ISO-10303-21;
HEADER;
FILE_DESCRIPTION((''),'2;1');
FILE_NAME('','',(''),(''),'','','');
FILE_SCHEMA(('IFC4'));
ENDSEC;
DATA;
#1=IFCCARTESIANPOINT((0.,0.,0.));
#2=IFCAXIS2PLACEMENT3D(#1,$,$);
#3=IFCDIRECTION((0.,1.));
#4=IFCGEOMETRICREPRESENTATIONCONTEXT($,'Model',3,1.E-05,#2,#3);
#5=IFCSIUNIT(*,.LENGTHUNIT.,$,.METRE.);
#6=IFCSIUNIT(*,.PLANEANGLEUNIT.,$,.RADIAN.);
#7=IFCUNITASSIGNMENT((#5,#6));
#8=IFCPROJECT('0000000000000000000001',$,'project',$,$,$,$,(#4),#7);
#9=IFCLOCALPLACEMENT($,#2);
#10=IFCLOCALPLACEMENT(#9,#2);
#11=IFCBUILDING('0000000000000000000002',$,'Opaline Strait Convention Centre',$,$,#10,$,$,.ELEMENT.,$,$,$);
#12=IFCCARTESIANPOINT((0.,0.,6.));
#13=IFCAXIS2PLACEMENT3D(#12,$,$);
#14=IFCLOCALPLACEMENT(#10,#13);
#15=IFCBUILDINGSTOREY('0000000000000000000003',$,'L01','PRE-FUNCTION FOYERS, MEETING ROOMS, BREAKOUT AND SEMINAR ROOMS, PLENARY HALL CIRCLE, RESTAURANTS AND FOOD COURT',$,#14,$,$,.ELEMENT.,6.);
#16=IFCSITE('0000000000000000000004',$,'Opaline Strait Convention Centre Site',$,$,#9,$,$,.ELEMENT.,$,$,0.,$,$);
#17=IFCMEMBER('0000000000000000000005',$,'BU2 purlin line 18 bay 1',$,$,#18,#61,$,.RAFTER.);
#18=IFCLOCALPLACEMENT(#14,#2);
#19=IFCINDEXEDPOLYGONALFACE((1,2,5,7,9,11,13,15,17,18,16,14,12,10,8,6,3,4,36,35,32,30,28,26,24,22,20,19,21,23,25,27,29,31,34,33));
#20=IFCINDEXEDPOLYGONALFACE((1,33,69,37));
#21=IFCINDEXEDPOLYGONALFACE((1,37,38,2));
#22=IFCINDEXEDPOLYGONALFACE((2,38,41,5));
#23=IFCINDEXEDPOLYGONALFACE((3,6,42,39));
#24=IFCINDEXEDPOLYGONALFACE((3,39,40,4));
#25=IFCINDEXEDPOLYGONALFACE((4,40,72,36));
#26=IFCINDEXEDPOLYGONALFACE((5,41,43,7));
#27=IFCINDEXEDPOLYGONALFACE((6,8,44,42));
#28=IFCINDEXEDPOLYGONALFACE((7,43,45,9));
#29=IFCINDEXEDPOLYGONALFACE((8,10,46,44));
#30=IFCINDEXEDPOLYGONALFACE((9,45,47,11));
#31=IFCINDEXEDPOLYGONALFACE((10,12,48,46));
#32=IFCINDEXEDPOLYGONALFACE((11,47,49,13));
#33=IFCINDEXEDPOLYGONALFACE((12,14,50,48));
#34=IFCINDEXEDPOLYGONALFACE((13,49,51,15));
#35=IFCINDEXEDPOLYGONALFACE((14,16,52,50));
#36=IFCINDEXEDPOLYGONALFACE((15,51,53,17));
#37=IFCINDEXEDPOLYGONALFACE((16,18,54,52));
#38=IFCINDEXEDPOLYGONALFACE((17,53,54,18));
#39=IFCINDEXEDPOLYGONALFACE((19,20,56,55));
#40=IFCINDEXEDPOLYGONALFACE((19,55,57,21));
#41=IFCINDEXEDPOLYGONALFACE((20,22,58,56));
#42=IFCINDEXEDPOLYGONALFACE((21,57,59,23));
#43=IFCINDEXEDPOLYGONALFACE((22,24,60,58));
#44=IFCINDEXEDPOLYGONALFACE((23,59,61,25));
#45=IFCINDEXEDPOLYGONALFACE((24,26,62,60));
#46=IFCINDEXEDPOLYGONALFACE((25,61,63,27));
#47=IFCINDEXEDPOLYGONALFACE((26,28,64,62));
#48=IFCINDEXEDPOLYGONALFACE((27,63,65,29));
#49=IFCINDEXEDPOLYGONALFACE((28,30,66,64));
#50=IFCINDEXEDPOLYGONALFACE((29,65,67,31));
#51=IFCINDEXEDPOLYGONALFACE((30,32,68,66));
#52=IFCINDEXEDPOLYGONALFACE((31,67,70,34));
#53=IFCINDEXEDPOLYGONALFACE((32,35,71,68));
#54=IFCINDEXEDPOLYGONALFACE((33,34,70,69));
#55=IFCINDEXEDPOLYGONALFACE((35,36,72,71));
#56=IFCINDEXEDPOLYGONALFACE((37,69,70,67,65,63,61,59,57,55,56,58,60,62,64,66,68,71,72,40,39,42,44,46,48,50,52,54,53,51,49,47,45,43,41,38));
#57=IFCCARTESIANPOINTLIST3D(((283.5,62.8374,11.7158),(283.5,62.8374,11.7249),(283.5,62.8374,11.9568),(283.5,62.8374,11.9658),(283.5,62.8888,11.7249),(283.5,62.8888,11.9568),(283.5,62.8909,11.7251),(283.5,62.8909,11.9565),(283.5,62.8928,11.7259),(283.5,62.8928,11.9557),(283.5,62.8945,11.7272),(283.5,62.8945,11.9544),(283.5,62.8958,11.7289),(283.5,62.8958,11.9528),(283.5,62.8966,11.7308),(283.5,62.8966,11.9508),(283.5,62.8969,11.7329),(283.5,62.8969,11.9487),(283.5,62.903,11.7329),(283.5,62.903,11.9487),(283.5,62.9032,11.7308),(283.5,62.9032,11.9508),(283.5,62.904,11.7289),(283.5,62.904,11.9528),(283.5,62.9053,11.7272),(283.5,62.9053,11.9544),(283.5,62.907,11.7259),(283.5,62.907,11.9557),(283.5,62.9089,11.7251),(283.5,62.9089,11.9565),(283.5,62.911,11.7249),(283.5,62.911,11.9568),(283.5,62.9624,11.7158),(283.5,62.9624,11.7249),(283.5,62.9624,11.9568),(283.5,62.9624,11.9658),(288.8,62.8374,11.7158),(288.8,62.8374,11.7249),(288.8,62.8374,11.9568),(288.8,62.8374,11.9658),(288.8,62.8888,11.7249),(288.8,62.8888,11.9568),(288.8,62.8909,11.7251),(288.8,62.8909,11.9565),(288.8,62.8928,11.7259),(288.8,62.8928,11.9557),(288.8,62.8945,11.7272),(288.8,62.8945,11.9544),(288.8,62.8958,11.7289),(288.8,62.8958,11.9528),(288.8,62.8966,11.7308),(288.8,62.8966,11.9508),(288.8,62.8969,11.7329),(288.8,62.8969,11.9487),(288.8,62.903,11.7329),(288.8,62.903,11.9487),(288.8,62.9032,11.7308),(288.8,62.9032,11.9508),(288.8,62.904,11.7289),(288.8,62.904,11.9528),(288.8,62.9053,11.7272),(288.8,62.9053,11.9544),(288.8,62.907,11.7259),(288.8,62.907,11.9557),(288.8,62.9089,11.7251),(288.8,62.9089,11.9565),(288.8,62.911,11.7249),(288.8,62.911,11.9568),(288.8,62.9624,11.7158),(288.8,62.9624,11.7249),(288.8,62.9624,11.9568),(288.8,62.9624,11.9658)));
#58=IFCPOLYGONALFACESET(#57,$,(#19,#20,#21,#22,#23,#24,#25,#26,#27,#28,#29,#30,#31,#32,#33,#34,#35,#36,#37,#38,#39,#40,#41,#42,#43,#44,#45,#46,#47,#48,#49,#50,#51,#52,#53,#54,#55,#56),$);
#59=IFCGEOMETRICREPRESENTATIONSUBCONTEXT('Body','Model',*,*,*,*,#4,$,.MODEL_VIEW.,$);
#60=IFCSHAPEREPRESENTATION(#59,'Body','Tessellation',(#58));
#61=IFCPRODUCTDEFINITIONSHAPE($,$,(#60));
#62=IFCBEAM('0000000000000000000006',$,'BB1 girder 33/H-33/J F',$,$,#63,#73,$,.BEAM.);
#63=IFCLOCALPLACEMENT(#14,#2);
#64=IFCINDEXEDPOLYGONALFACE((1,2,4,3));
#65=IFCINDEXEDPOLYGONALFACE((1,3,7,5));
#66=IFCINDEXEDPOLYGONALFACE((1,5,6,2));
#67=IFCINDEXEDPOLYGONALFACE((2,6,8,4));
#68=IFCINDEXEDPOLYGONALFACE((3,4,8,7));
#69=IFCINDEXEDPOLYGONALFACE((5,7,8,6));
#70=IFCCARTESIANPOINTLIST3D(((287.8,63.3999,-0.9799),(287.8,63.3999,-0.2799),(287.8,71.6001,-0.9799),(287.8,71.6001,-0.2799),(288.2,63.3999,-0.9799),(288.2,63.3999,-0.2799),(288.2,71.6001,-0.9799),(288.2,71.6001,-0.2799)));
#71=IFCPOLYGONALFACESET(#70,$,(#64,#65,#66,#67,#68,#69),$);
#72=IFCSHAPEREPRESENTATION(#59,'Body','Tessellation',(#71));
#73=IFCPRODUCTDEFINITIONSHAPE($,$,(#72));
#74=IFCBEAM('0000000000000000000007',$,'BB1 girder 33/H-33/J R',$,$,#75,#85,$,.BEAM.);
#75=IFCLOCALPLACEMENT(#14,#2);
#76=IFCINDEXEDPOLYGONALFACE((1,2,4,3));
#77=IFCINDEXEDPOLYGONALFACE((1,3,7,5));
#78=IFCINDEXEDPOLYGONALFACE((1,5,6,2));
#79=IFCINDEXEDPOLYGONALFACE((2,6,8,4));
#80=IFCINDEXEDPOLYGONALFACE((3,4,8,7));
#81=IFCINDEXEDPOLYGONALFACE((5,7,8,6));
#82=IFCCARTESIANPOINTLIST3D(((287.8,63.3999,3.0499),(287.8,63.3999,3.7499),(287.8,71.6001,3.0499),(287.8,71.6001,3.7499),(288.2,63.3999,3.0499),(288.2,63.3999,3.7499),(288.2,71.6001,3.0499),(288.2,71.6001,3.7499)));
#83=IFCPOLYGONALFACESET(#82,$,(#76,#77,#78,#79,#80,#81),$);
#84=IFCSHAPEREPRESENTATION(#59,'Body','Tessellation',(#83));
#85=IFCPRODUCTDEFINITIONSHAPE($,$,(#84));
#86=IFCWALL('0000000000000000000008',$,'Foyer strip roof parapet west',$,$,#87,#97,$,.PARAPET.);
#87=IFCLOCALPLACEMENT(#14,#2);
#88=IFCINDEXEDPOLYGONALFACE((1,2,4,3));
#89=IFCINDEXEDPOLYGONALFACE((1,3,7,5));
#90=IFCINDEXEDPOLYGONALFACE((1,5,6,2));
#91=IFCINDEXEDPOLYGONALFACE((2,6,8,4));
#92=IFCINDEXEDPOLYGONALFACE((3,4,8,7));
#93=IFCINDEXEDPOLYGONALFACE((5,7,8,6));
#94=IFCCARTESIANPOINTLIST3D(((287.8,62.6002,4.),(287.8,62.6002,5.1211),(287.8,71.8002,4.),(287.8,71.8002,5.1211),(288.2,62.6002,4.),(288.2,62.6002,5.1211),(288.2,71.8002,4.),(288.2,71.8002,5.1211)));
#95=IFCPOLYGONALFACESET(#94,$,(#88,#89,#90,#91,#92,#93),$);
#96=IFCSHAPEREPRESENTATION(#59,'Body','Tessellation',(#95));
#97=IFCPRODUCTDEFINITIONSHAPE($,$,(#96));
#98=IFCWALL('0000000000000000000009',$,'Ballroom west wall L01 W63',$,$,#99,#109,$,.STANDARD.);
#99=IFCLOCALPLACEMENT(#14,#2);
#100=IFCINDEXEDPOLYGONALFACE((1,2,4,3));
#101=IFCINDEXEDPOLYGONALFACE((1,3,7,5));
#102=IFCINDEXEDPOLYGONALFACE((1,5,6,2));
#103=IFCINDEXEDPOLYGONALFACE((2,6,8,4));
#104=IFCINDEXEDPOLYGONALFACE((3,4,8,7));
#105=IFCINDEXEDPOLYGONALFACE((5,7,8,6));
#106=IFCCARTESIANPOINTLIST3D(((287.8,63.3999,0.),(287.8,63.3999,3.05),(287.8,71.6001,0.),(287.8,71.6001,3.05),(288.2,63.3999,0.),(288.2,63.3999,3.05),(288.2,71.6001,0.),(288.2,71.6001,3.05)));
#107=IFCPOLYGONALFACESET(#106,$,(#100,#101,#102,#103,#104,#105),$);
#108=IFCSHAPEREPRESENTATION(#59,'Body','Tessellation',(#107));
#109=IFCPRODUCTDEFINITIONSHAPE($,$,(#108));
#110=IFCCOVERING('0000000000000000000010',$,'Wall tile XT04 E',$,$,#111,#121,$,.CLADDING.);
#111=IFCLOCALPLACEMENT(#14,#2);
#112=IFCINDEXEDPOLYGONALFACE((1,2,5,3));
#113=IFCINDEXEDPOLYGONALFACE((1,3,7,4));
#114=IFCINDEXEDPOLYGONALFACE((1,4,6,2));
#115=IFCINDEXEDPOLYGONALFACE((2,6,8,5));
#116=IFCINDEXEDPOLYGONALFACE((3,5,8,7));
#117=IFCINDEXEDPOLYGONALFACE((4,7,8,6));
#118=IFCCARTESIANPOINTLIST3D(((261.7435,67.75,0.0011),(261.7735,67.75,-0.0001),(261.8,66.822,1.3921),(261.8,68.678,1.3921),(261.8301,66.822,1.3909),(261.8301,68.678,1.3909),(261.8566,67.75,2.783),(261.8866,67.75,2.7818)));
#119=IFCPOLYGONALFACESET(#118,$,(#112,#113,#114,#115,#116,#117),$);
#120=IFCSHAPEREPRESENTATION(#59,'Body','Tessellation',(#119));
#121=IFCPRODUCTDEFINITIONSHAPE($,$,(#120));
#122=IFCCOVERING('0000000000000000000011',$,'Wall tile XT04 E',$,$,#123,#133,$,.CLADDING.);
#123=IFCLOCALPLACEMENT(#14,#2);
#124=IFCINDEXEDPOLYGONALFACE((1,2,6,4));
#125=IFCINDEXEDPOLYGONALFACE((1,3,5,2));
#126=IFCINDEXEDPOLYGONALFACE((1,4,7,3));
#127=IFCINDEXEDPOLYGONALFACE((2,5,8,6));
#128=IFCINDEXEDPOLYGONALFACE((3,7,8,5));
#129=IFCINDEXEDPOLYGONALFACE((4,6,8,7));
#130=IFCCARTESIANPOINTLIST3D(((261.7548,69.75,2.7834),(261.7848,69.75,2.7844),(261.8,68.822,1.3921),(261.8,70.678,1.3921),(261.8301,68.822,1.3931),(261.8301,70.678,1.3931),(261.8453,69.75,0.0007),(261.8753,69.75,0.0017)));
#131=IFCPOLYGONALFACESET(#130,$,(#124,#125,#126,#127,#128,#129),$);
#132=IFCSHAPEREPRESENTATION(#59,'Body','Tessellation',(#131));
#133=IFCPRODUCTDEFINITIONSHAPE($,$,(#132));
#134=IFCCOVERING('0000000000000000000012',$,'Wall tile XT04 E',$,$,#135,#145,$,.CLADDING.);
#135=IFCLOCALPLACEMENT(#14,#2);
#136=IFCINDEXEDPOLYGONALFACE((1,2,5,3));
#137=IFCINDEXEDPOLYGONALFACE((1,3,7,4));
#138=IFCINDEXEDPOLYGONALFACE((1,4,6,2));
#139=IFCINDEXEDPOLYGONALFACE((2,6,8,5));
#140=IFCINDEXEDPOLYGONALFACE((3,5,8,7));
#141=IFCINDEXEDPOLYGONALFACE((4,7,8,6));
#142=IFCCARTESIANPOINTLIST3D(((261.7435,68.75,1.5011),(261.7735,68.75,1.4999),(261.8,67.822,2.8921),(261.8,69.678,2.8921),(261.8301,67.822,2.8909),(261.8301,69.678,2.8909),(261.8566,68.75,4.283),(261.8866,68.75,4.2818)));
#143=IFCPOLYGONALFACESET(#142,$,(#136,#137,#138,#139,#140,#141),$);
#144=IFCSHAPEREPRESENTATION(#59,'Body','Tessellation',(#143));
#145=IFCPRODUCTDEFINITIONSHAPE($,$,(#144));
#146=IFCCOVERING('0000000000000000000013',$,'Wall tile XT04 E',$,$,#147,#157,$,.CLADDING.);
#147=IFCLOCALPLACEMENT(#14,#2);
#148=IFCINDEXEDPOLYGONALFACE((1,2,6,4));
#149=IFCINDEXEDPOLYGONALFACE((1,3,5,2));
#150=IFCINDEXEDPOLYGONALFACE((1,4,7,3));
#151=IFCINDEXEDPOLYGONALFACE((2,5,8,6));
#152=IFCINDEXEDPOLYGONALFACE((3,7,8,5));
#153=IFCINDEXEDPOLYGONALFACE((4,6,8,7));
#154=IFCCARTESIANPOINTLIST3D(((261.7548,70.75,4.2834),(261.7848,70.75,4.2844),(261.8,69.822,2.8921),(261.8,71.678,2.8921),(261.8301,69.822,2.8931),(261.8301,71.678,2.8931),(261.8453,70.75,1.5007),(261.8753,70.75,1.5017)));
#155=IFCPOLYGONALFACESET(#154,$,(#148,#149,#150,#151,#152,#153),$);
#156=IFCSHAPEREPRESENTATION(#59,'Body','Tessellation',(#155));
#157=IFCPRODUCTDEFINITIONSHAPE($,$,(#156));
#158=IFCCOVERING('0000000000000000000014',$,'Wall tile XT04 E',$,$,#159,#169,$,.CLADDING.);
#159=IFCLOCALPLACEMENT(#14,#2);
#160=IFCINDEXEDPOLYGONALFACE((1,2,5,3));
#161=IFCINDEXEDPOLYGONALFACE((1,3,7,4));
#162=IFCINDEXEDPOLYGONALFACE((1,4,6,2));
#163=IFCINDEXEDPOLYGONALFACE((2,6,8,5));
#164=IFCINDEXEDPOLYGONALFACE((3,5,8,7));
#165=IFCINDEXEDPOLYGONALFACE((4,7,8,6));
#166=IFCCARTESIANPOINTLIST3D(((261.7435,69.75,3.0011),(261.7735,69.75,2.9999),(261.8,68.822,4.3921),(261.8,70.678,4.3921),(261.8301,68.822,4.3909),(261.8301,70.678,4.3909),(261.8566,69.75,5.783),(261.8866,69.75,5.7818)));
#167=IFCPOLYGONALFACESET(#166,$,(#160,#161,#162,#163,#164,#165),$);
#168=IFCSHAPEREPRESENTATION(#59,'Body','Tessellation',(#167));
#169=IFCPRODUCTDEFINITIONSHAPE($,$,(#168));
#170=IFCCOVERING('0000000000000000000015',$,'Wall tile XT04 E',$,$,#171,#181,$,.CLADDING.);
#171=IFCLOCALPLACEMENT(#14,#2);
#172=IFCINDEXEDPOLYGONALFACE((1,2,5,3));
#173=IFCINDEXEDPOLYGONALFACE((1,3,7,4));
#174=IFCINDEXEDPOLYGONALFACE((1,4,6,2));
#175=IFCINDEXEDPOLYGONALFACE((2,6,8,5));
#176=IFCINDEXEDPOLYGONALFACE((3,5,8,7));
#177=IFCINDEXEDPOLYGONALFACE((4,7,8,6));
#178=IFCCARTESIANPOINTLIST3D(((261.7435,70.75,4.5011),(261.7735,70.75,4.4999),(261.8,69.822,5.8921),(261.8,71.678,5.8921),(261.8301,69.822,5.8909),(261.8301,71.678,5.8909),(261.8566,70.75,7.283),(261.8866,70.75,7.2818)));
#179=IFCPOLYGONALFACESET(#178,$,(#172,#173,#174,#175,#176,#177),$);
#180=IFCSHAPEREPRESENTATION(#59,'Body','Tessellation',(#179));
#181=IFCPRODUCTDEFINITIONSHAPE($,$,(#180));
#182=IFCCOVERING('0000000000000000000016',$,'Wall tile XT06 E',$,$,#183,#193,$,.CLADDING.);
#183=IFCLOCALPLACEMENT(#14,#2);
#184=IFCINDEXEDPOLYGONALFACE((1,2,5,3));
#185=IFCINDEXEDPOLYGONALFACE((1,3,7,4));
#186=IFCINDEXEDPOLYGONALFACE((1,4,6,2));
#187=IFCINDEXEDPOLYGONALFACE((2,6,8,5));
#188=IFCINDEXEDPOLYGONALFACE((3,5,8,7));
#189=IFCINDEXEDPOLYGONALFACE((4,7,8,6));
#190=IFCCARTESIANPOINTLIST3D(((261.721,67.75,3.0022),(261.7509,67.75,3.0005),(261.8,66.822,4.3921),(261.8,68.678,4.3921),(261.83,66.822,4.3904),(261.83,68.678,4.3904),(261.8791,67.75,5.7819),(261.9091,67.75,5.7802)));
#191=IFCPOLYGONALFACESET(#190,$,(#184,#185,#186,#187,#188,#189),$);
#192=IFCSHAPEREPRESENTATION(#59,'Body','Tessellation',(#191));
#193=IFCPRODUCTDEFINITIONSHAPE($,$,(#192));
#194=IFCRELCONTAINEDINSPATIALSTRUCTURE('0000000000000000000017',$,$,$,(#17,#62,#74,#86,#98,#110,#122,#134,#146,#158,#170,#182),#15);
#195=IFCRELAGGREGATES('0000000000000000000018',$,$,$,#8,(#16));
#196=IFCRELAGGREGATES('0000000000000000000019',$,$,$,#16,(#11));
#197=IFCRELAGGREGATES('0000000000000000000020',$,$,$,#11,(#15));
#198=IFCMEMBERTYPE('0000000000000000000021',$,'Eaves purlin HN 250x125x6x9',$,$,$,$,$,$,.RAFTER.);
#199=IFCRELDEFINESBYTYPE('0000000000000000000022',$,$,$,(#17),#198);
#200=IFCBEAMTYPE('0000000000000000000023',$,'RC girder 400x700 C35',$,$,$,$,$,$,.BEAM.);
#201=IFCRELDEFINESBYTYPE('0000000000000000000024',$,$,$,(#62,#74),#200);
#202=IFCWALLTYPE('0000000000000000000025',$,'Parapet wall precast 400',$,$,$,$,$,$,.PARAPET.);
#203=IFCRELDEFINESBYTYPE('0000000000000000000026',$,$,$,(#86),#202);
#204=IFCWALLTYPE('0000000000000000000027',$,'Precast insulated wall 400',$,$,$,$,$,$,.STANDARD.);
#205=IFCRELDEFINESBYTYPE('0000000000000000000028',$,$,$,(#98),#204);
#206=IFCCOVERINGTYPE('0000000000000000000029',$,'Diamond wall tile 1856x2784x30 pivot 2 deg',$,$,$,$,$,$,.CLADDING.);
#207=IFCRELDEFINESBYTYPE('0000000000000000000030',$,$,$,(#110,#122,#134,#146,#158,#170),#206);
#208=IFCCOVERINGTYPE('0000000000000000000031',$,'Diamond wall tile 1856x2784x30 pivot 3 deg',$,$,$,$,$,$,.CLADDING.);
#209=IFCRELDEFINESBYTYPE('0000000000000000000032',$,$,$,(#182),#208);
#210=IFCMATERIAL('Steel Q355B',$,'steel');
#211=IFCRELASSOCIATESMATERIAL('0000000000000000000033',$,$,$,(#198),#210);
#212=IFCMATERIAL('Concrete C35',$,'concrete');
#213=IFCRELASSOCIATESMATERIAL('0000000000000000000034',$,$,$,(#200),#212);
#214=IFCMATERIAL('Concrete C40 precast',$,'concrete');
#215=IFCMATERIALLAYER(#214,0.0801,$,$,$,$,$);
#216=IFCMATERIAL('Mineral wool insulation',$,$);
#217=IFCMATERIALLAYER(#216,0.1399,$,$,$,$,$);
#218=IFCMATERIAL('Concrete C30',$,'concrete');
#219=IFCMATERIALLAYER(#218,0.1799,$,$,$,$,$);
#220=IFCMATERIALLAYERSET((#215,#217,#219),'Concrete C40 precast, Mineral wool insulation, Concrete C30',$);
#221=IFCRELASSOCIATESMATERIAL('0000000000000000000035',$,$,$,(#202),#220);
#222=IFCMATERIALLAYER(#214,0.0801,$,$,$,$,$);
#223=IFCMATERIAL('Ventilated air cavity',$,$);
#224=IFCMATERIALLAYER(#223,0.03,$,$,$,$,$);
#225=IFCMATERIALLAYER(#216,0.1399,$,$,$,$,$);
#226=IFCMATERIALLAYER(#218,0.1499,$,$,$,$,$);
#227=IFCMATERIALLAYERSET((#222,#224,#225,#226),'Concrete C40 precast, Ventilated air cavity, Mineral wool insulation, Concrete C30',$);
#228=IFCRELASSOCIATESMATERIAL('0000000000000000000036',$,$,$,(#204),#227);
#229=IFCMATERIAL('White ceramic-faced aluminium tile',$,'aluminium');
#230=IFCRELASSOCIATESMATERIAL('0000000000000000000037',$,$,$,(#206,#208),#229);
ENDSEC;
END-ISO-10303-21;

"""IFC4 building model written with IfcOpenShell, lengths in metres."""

from ifc_helpers import new_model, si_unit, direction, frame, frame_2d, origin, origin_2d, place, context, subcontext, project, spatial, polyline, rectangle, i_section, outline, extrude, material, layer, layer_set, material_profile, profile_set, type_object, element, save


model = new_model("IFC4")

# Units and contexts
model_context = context("Model", 3, precision=1e-05, world=origin(), true_north=direction((0.0, 1.0)))
body_context = subcontext(model_context, "Body", "Model", "MODEL_VIEW")
ifc_project = project(units=[si_unit("LENGTHUNIT", "METRE"), si_unit("PLANEANGLEUNIT", "RADIAN")], contexts=[model_context])

# Site, building, storey
site_placement = place(None, origin())
site = spatial("IfcSite", under=ifc_project, at=site_placement, Name="Opaline Strait Convention Centre Site", CompositionType="ELEMENT", RefElevation=0.0)
building_placement = place(site_placement, origin())
building = spatial("IfcBuilding", under=site, at=building_placement, Name="Opaline Strait Convention Centre", CompositionType="ELEMENT")
storey_placement = place(building_placement, frame((0.0, 0.0, 6.0)))
storey = spatial("IfcBuildingStorey", under=building, at=storey_placement, Name="L01", Description="PRE-FUNCTION FOYERS, MEETING ROOMS, BREAKOUT AND SEMINAR ROOMS, PLENARY HALL CIRCLE, RESTAURANTS AND FOOD COURT", CompositionType="ELEMENT", Elevation=6.0)

# Member
ifc_material_1 = material(Name="Steel Q355B", Category="steel")
ifc_material_profile_1 = material_profile(ifc_material_1, i_section(OverallWidth=0.125, OverallDepth=0.25, WebThickness=0.0061, FlangeThickness=0.009, FilletRadius=0.0081, at=origin_2d()), Name="HN 250x125x6x9")
ifc_profile_set_1 = profile_set([ifc_material_profile_1], Name="Steel Q355B")
member_type_1 = type_object("IfcMemberType", Name="Eaves purlin HN 250x125x6x9", PredefinedType="RAFTER", material=ifc_profile_set_1)
for number, where, z_axis, x_axis, name in (
    (1, (283.5, 62.8999, 11.8408), (1.0, 0.0, 0.0), (0.0, 1.0, 0.0), "BU2 purlin line 18 bay 1"),
):
    element("IfcMember", number, at=place(storey_placement, frame(where, z_axis=z_axis, x_axis=x_axis)), inside=storey, type_object=member_type_1, Name=name, PredefinedType="RAFTER", context=body_context, shape_type="SweptSolid", body=[
        extrude(i_section(OverallWidth=0.125, OverallDepth=0.25, WebThickness=0.0061, FlangeThickness=0.009, FilletRadius=0.0081, at=origin_2d()), origin(), (0.0, 0.0, 1.0), 5.3),
    ])

# Beams
ifc_material_2 = material(Name="Concrete C35", Category="concrete")
ifc_material_profile_2 = material_profile(ifc_material_2, rectangle(XDim=0.3999, YDim=0.7, at=origin_2d()), Name="RC 400x700")
ifc_profile_set_2 = profile_set([ifc_material_profile_2], Name="Concrete C35")
beam_type = type_object("IfcBeamType", Name="RC girder 400x700 C35", PredefinedType="BEAM", material=ifc_profile_set_2)
for number, where, z_axis, x_axis, name in (
    (2, (288.0, 63.3999, -0.6299), (0.0, 1.0, 0.0), (-1.0, 0.0, 0.0), "BB1 girder 33/H-33/J F"),
    (3, (288.0, 63.3999, 3.3999), (0.0, 1.0, 0.0), (-1.0, 0.0, 0.0), "BB1 girder 33/H-33/J R"),
):
    element("IfcBeam", number, at=place(storey_placement, frame(where, z_axis=z_axis, x_axis=x_axis)), inside=storey, type_object=beam_type, Name=name, PredefinedType="BEAM", context=body_context, shape_type="SweptSolid", body=[
        extrude(rectangle(XDim=0.3999, YDim=0.7, at=origin_2d()), origin(), (0.0, 0.0, 1.0), 8.2002),
    ])

# Walls
ifc_material_3 = material(Name="Concrete C40 precast", Category="concrete")
ifc_layer_1 = layer(ifc_material_3, 0.0801)
ifc_material_4 = material(Name="Mineral wool insulation")
ifc_layer_2 = layer(ifc_material_4, 0.1399)
ifc_material_5 = material(Name="Concrete C30", Category="concrete")
ifc_layer_3 = layer(ifc_material_5, 0.1799)
ifc_layer_set_1 = layer_set([ifc_layer_1, ifc_layer_2, ifc_layer_3], Name="Concrete C40 precast, Mineral wool insulation, Concrete C30")
wall_type_1 = type_object("IfcWallType", Name="Parapet wall precast 400", PredefinedType="PARAPET", material=ifc_layer_set_1)
wall_1_placement = place(storey_placement, frame((288.0, 62.6001, 4.0), z_axis=(0.0, 0.0, 1.0), x_axis=(0.0, 1.0, 0.0)))
element("IfcWall", 4, at=wall_1_placement, inside=storey, type_object=wall_type_1, Name="Foyer strip roof parapet west", PredefinedType="PARAPET", context=body_context, shape_type="SweptSolid", body=[
    extrude(rectangle(XDim=9.2, YDim=0.3999, at=frame_2d((4.6001, 0.0))), origin(), (0.0, 0.0, 1.0), 1.1211),
])
ifc_layer_4 = layer(ifc_material_3, 0.0801)
ifc_material_6 = material(Name="Ventilated air cavity")
ifc_layer_5 = layer(ifc_material_6, 0.03)
ifc_layer_6 = layer(ifc_material_4, 0.1399)
ifc_layer_7 = layer(ifc_material_5, 0.1499)
ifc_layer_set_2 = layer_set([ifc_layer_4, ifc_layer_5, ifc_layer_6, ifc_layer_7], Name="Concrete C40 precast, Ventilated air cavity, Mineral wool insulation, Concrete C30")
wall_type_2 = type_object("IfcWallType", Name="Precast insulated wall 400", PredefinedType="STANDARD", material=ifc_layer_set_2)
wall_2_placement = place(storey_placement, frame((288.0, 63.3999, 0.0), z_axis=(0.0, 0.0, 1.0), x_axis=(0.0, 1.0, 0.0)))
element("IfcWall", 5, at=wall_2_placement, inside=storey, type_object=wall_type_2, Name="Ballroom west wall L01 W63", PredefinedType="STANDARD", context=body_context, shape_type="SweptSolid", body=[
    extrude(rectangle(XDim=8.2002, YDim=0.3999, at=frame_2d((4.1001, 0.0))), origin(), (0.0, 0.0, 1.0), 3.05),
])

# Coverings
ifc_material_7 = material(Name="White ceramic-faced aluminium tile", Category="aluminium")
ifc_material_profile_3 = material_profile(ifc_material_7, outline(polyline([(0.928, 0.0), (0.0, 1.3921), (-0.928, 0.0), (0.0, -1.3921), (0.928, 0.0)])), Name="Diamond tile 1856x2784")
ifc_profile_set_3 = profile_set([ifc_material_profile_3], Name="White ceramic-faced aluminium tile")
covering_type_1 = type_object("IfcCoveringType", Name="Diamond wall tile 1856x2784x30 pivot 2 deg", PredefinedType="CLADDING", material=ifc_profile_set_3)
for number, where, z_axis, x_axis, name in (
    (6, (261.8, 67.75, 1.3921), (0.999175, 0.0, -0.040617), (0.0, 1.0, 0.0), "Wall tile XT04 E"),
    (7, (261.8, 69.75, 1.3921), (0.999472, 0.0, 0.032503), (0.0, 1.0, 0.0), "Wall tile XT04 E"),
    (8, (261.8, 68.75, 2.8921), (0.999175, 0.0, -0.040617), (0.0, 1.0, 0.0), "Wall tile XT04 E"),
    (9, (261.8, 70.75, 2.8921), (0.999472, 0.0, 0.032503), (0.0, 1.0, 0.0), "Wall tile XT04 E"),
    (10, (261.8, 69.75, 4.3921), (0.999175, 0.0, -0.040617), (0.0, 1.0, 0.0), "Wall tile XT04 E"),
    (11, (261.8, 70.75, 5.8921), (0.999175, 0.0, -0.040617), (0.0, 1.0, 0.0), "Wall tile XT04 E"),
):
    element("IfcCovering", number, at=place(storey_placement, frame(where, z_axis=z_axis, x_axis=x_axis)), inside=storey, type_object=covering_type_1, Name=name, PredefinedType="CLADDING", context=body_context, shape_type="SweptSolid", body=[
        extrude(outline(polyline([(0.928, 0.0), (0.0, 1.3921), (-0.928, 0.0), (0.0, -1.3921), (0.928, 0.0)])), origin(), (0.0, 0.0, 1.0), 0.03),
    ])
ifc_material_profile_4 = material_profile(ifc_material_7, outline(polyline([(0.928, 0.0), (0.0, 1.3921), (-0.928, 0.0), (0.0, -1.3921), (0.928, 0.0)])), Name="Diamond tile 1856x2784")
ifc_profile_set_4 = profile_set([ifc_material_profile_4], Name="White ceramic-faced aluminium tile")
covering_type_2 = type_object("IfcCoveringType", Name="Diamond wall tile 1856x2784x30 pivot 3 deg", PredefinedType="CLADDING", material=ifc_profile_set_4)
for number, where, z_axis, x_axis, name in (
    (12, (261.8, 67.75, 4.3921), (0.998385, 0.0, -0.056819), (0.0, 1.0, 0.0), "Wall tile XT06 E"),
):
    element("IfcCovering", number, at=place(storey_placement, frame(where, z_axis=z_axis, x_axis=x_axis)), inside=storey, type_object=covering_type_2, Name=name, PredefinedType="CLADDING", context=body_context, shape_type="SweptSolid", body=[
        extrude(outline(polyline([(0.928, 0.0), (0.0, 1.3921), (-0.928, 0.0), (0.0, -1.3921), (0.928, 0.0)])), origin(), (0.0, 0.0, 1.0), 0.03),
    ])

save(model, "model.ifc")
